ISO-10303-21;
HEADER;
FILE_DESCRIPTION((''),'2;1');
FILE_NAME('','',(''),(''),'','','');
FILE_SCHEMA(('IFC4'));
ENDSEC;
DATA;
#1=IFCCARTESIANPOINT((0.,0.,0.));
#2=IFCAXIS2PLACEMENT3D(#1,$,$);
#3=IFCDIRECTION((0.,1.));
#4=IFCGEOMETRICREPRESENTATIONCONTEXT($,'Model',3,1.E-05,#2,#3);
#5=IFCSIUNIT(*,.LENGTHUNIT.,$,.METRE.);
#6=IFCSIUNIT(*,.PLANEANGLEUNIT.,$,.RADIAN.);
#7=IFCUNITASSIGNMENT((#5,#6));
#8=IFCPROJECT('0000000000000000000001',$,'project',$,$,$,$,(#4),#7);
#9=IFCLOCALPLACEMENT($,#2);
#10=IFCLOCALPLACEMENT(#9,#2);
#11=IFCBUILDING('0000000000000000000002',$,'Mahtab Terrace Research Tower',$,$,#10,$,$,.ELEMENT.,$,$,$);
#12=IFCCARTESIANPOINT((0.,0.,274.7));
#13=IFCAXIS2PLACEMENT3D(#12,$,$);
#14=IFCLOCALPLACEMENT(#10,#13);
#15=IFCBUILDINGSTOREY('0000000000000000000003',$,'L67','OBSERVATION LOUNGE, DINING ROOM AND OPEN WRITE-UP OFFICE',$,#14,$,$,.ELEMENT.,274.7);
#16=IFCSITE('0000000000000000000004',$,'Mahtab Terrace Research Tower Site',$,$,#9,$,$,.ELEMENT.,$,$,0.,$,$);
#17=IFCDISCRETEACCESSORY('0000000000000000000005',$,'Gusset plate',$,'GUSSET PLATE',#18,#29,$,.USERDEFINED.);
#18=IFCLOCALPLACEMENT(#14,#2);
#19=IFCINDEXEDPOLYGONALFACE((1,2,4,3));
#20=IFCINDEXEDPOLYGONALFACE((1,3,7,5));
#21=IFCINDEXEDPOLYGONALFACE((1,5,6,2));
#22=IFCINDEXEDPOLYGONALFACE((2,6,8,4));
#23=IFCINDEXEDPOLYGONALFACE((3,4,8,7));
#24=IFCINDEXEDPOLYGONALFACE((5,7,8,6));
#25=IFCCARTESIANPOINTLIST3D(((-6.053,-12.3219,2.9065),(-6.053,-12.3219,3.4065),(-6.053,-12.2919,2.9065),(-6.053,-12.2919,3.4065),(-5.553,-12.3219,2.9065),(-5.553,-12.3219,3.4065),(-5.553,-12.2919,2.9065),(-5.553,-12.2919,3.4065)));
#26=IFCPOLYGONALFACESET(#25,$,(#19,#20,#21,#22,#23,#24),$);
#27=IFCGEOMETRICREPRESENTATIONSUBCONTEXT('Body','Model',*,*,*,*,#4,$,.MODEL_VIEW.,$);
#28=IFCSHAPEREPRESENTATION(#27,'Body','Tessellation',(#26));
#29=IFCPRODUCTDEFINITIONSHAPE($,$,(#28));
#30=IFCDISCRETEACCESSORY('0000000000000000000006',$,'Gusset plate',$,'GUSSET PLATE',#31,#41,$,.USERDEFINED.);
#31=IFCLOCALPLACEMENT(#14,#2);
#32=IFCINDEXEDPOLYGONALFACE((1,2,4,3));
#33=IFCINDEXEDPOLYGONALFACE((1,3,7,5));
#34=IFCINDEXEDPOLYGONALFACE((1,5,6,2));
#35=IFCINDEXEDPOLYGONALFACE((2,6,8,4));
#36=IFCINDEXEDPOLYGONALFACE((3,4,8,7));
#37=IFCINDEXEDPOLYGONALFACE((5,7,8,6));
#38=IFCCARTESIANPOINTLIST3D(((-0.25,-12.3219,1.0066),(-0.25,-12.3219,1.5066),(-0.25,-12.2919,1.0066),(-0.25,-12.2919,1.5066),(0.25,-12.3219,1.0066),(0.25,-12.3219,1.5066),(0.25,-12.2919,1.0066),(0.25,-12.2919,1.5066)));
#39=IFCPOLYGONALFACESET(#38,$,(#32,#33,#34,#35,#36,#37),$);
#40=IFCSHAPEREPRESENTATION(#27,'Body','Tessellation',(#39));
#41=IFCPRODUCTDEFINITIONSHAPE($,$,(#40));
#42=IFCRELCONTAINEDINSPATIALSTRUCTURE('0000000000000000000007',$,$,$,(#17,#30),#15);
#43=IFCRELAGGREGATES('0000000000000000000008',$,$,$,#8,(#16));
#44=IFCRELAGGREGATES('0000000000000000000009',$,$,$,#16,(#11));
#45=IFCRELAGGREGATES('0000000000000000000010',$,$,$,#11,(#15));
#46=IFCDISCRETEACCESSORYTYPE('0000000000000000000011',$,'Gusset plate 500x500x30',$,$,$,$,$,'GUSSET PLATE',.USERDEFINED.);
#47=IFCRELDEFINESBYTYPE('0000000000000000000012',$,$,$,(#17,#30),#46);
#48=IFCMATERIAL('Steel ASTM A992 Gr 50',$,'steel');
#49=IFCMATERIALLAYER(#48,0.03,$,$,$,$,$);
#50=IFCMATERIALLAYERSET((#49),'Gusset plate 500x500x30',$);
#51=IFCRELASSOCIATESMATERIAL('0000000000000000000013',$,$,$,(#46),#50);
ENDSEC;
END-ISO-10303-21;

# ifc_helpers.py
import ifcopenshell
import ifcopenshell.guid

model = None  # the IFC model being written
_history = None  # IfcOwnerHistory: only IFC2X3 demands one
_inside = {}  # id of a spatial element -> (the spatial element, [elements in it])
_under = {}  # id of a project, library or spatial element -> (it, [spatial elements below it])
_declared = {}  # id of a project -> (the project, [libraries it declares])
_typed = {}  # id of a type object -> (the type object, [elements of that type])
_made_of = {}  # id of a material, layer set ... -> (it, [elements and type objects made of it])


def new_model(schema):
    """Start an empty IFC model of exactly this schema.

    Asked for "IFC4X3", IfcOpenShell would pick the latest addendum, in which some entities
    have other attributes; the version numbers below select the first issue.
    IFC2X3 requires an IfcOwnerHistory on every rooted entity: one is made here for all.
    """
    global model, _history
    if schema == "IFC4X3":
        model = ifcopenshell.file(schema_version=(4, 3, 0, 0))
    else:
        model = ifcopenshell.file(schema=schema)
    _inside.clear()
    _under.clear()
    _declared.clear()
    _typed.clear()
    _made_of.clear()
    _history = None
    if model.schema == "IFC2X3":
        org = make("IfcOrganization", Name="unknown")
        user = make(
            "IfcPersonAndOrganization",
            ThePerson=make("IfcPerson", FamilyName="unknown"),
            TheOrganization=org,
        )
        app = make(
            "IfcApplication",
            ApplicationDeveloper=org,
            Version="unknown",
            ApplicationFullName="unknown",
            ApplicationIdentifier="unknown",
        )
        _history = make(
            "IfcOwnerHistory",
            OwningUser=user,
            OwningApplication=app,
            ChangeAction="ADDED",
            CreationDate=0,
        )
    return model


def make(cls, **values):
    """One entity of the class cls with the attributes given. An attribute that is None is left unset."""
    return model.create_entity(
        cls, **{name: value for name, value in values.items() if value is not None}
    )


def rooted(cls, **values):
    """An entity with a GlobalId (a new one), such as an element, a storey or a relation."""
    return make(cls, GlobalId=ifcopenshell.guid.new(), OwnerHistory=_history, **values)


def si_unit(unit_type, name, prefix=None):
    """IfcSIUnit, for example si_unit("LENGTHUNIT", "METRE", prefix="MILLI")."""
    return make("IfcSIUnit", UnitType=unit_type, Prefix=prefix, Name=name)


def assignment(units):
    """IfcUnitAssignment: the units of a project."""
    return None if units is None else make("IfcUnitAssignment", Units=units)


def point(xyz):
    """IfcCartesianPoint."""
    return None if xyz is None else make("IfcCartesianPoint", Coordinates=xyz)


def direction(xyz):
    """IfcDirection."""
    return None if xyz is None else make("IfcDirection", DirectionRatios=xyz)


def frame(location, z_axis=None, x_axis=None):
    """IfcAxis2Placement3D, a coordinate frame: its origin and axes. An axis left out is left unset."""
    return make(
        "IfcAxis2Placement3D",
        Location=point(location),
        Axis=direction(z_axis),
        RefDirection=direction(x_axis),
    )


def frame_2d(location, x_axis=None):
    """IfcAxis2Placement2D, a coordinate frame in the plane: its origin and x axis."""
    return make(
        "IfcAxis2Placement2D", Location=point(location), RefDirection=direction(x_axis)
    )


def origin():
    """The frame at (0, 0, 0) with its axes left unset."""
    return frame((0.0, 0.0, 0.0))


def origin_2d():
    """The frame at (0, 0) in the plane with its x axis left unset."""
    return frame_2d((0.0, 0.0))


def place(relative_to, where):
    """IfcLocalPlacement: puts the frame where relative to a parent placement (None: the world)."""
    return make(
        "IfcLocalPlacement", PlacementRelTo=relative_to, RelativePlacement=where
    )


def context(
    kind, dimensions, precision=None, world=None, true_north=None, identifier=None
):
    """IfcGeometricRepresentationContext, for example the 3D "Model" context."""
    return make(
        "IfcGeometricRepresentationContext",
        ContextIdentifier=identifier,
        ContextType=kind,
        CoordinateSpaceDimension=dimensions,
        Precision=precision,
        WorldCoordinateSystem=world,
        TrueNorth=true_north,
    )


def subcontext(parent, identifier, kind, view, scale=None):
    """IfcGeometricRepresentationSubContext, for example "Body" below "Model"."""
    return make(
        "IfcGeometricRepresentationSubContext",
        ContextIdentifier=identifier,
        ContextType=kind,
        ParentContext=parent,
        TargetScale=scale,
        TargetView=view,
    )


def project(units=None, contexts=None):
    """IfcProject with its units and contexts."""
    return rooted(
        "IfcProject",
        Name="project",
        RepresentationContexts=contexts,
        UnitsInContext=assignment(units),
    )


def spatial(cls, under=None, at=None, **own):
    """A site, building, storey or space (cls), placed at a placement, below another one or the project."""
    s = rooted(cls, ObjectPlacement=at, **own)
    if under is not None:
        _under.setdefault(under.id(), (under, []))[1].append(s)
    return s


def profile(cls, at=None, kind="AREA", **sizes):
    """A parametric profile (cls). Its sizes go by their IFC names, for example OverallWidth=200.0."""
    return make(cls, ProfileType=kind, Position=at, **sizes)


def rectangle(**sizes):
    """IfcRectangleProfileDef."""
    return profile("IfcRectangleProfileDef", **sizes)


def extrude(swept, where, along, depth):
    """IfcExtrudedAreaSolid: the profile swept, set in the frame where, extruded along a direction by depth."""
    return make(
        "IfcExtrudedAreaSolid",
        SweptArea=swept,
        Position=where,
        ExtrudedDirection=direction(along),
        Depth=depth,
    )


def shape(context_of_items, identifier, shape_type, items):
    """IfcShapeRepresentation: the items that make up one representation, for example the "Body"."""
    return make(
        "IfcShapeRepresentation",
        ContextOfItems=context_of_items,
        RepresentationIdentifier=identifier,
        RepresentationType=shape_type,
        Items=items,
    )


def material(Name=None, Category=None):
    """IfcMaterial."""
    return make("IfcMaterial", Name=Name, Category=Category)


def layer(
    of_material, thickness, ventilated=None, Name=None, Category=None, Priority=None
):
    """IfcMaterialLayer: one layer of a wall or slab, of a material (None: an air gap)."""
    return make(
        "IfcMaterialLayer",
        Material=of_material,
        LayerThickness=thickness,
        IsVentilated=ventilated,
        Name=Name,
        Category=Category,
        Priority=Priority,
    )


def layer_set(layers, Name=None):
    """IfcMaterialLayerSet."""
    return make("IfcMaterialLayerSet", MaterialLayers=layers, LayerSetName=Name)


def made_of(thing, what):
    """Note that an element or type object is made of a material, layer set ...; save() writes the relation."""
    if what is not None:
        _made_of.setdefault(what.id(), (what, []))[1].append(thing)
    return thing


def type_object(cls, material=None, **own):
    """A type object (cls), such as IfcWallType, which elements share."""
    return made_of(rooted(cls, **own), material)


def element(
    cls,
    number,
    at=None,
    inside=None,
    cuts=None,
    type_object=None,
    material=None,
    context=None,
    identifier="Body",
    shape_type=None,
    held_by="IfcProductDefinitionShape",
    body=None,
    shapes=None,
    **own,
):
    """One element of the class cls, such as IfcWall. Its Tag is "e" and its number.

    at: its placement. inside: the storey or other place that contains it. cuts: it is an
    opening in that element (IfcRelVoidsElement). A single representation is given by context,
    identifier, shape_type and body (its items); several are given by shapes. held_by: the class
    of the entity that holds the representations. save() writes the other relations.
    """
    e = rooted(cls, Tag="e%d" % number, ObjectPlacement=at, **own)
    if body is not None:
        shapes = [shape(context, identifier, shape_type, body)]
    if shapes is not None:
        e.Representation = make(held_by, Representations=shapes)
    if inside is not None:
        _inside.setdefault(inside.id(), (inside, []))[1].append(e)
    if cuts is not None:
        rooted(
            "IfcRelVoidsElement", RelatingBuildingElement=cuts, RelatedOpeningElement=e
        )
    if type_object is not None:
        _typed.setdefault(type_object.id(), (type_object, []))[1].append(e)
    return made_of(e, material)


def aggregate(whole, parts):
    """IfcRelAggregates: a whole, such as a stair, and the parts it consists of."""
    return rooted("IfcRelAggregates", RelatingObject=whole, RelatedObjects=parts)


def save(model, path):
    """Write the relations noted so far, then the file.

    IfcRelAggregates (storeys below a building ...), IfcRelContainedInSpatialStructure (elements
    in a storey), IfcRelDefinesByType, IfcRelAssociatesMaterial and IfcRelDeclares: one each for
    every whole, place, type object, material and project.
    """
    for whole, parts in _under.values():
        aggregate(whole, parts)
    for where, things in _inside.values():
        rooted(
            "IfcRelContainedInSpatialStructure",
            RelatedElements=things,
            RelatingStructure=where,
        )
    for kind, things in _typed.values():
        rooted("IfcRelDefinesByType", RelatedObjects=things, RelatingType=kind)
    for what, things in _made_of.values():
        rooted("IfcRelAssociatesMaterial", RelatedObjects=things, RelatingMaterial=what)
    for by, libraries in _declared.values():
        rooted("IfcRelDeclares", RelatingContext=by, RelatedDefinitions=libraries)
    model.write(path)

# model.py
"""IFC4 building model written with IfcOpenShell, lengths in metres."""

from ifc_helpers import new_model, si_unit, direction, frame, origin, origin_2d, place, context, subcontext, project, spatial, rectangle, extrude, material, layer, layer_set, type_object, element, save


model = new_model("IFC4")

# Units and contexts
model_context = context("Model", 3, precision=1e-05, world=origin(), true_north=direction((0.0, 1.0)))
body_context = subcontext(model_context, "Body", "Model", "MODEL_VIEW")
ifc_project = project(units=[si_unit("LENGTHUNIT", "METRE"), si_unit("PLANEANGLEUNIT", "RADIAN")], contexts=[model_context])

# Site, building, storey
site_placement = place(None, origin())
site = spatial("IfcSite", under=ifc_project, at=site_placement, Name="Mahtab Terrace Research Tower Site", CompositionType="ELEMENT", RefElevation=0.0)
building_placement = place(site_placement, origin())
building = spatial("IfcBuilding", under=site, at=building_placement, Name="Mahtab Terrace Research Tower", CompositionType="ELEMENT")
storey_placement = place(building_placement, frame((0.0, 0.0, 274.7)))
storey = spatial("IfcBuildingStorey", under=building, at=storey_placement, Name="L67", Description="OBSERVATION LOUNGE, DINING ROOM AND OPEN WRITE-UP OFFICE", CompositionType="ELEMENT", Elevation=274.7)

# Shared definitions
ifc_material_1 = material(Name="Steel ASTM A992 Gr 50", Category="steel")

# Discrete accessories
ifc_layer_1 = layer(ifc_material_1, 0.03)
ifc_layer_set_1 = layer_set([ifc_layer_1], Name="Gusset plate 500x500x30")
discrete_accessory_type = type_object("IfcDiscreteAccessoryType", Name="Gusset plate 500x500x30", ElementType="GUSSET PLATE", PredefinedType="USERDEFINED", material=ifc_layer_set_1)
for number, where, z_axis, x_axis, name in (
    (1, (-5.803, -12.3069, 2.9065), (0.0, 0.0, 1.0), (1.0, 0.0, 0.0), "Gusset plate"),
    (2, (0.0, -12.3069, 1.0066), (0.0, 0.0, 1.0), (1.0, 0.0, 0.0), "Gusset plate"),
):
    element("IfcDiscreteAccessory", number, at=place(storey_placement, frame(where, z_axis=z_axis, x_axis=x_axis)), inside=storey, type_object=discrete_accessory_type, Name=name, ObjectType="GUSSET PLATE", PredefinedType="USERDEFINED", context=body_context, shape_type="SweptSolid", body=[
        extrude(rectangle(XDim=0.5, YDim=0.03, at=origin_2d()), origin(), (0.0, 0.0, 1.0), 0.5),
    ])

save(model, "model.ifc")
